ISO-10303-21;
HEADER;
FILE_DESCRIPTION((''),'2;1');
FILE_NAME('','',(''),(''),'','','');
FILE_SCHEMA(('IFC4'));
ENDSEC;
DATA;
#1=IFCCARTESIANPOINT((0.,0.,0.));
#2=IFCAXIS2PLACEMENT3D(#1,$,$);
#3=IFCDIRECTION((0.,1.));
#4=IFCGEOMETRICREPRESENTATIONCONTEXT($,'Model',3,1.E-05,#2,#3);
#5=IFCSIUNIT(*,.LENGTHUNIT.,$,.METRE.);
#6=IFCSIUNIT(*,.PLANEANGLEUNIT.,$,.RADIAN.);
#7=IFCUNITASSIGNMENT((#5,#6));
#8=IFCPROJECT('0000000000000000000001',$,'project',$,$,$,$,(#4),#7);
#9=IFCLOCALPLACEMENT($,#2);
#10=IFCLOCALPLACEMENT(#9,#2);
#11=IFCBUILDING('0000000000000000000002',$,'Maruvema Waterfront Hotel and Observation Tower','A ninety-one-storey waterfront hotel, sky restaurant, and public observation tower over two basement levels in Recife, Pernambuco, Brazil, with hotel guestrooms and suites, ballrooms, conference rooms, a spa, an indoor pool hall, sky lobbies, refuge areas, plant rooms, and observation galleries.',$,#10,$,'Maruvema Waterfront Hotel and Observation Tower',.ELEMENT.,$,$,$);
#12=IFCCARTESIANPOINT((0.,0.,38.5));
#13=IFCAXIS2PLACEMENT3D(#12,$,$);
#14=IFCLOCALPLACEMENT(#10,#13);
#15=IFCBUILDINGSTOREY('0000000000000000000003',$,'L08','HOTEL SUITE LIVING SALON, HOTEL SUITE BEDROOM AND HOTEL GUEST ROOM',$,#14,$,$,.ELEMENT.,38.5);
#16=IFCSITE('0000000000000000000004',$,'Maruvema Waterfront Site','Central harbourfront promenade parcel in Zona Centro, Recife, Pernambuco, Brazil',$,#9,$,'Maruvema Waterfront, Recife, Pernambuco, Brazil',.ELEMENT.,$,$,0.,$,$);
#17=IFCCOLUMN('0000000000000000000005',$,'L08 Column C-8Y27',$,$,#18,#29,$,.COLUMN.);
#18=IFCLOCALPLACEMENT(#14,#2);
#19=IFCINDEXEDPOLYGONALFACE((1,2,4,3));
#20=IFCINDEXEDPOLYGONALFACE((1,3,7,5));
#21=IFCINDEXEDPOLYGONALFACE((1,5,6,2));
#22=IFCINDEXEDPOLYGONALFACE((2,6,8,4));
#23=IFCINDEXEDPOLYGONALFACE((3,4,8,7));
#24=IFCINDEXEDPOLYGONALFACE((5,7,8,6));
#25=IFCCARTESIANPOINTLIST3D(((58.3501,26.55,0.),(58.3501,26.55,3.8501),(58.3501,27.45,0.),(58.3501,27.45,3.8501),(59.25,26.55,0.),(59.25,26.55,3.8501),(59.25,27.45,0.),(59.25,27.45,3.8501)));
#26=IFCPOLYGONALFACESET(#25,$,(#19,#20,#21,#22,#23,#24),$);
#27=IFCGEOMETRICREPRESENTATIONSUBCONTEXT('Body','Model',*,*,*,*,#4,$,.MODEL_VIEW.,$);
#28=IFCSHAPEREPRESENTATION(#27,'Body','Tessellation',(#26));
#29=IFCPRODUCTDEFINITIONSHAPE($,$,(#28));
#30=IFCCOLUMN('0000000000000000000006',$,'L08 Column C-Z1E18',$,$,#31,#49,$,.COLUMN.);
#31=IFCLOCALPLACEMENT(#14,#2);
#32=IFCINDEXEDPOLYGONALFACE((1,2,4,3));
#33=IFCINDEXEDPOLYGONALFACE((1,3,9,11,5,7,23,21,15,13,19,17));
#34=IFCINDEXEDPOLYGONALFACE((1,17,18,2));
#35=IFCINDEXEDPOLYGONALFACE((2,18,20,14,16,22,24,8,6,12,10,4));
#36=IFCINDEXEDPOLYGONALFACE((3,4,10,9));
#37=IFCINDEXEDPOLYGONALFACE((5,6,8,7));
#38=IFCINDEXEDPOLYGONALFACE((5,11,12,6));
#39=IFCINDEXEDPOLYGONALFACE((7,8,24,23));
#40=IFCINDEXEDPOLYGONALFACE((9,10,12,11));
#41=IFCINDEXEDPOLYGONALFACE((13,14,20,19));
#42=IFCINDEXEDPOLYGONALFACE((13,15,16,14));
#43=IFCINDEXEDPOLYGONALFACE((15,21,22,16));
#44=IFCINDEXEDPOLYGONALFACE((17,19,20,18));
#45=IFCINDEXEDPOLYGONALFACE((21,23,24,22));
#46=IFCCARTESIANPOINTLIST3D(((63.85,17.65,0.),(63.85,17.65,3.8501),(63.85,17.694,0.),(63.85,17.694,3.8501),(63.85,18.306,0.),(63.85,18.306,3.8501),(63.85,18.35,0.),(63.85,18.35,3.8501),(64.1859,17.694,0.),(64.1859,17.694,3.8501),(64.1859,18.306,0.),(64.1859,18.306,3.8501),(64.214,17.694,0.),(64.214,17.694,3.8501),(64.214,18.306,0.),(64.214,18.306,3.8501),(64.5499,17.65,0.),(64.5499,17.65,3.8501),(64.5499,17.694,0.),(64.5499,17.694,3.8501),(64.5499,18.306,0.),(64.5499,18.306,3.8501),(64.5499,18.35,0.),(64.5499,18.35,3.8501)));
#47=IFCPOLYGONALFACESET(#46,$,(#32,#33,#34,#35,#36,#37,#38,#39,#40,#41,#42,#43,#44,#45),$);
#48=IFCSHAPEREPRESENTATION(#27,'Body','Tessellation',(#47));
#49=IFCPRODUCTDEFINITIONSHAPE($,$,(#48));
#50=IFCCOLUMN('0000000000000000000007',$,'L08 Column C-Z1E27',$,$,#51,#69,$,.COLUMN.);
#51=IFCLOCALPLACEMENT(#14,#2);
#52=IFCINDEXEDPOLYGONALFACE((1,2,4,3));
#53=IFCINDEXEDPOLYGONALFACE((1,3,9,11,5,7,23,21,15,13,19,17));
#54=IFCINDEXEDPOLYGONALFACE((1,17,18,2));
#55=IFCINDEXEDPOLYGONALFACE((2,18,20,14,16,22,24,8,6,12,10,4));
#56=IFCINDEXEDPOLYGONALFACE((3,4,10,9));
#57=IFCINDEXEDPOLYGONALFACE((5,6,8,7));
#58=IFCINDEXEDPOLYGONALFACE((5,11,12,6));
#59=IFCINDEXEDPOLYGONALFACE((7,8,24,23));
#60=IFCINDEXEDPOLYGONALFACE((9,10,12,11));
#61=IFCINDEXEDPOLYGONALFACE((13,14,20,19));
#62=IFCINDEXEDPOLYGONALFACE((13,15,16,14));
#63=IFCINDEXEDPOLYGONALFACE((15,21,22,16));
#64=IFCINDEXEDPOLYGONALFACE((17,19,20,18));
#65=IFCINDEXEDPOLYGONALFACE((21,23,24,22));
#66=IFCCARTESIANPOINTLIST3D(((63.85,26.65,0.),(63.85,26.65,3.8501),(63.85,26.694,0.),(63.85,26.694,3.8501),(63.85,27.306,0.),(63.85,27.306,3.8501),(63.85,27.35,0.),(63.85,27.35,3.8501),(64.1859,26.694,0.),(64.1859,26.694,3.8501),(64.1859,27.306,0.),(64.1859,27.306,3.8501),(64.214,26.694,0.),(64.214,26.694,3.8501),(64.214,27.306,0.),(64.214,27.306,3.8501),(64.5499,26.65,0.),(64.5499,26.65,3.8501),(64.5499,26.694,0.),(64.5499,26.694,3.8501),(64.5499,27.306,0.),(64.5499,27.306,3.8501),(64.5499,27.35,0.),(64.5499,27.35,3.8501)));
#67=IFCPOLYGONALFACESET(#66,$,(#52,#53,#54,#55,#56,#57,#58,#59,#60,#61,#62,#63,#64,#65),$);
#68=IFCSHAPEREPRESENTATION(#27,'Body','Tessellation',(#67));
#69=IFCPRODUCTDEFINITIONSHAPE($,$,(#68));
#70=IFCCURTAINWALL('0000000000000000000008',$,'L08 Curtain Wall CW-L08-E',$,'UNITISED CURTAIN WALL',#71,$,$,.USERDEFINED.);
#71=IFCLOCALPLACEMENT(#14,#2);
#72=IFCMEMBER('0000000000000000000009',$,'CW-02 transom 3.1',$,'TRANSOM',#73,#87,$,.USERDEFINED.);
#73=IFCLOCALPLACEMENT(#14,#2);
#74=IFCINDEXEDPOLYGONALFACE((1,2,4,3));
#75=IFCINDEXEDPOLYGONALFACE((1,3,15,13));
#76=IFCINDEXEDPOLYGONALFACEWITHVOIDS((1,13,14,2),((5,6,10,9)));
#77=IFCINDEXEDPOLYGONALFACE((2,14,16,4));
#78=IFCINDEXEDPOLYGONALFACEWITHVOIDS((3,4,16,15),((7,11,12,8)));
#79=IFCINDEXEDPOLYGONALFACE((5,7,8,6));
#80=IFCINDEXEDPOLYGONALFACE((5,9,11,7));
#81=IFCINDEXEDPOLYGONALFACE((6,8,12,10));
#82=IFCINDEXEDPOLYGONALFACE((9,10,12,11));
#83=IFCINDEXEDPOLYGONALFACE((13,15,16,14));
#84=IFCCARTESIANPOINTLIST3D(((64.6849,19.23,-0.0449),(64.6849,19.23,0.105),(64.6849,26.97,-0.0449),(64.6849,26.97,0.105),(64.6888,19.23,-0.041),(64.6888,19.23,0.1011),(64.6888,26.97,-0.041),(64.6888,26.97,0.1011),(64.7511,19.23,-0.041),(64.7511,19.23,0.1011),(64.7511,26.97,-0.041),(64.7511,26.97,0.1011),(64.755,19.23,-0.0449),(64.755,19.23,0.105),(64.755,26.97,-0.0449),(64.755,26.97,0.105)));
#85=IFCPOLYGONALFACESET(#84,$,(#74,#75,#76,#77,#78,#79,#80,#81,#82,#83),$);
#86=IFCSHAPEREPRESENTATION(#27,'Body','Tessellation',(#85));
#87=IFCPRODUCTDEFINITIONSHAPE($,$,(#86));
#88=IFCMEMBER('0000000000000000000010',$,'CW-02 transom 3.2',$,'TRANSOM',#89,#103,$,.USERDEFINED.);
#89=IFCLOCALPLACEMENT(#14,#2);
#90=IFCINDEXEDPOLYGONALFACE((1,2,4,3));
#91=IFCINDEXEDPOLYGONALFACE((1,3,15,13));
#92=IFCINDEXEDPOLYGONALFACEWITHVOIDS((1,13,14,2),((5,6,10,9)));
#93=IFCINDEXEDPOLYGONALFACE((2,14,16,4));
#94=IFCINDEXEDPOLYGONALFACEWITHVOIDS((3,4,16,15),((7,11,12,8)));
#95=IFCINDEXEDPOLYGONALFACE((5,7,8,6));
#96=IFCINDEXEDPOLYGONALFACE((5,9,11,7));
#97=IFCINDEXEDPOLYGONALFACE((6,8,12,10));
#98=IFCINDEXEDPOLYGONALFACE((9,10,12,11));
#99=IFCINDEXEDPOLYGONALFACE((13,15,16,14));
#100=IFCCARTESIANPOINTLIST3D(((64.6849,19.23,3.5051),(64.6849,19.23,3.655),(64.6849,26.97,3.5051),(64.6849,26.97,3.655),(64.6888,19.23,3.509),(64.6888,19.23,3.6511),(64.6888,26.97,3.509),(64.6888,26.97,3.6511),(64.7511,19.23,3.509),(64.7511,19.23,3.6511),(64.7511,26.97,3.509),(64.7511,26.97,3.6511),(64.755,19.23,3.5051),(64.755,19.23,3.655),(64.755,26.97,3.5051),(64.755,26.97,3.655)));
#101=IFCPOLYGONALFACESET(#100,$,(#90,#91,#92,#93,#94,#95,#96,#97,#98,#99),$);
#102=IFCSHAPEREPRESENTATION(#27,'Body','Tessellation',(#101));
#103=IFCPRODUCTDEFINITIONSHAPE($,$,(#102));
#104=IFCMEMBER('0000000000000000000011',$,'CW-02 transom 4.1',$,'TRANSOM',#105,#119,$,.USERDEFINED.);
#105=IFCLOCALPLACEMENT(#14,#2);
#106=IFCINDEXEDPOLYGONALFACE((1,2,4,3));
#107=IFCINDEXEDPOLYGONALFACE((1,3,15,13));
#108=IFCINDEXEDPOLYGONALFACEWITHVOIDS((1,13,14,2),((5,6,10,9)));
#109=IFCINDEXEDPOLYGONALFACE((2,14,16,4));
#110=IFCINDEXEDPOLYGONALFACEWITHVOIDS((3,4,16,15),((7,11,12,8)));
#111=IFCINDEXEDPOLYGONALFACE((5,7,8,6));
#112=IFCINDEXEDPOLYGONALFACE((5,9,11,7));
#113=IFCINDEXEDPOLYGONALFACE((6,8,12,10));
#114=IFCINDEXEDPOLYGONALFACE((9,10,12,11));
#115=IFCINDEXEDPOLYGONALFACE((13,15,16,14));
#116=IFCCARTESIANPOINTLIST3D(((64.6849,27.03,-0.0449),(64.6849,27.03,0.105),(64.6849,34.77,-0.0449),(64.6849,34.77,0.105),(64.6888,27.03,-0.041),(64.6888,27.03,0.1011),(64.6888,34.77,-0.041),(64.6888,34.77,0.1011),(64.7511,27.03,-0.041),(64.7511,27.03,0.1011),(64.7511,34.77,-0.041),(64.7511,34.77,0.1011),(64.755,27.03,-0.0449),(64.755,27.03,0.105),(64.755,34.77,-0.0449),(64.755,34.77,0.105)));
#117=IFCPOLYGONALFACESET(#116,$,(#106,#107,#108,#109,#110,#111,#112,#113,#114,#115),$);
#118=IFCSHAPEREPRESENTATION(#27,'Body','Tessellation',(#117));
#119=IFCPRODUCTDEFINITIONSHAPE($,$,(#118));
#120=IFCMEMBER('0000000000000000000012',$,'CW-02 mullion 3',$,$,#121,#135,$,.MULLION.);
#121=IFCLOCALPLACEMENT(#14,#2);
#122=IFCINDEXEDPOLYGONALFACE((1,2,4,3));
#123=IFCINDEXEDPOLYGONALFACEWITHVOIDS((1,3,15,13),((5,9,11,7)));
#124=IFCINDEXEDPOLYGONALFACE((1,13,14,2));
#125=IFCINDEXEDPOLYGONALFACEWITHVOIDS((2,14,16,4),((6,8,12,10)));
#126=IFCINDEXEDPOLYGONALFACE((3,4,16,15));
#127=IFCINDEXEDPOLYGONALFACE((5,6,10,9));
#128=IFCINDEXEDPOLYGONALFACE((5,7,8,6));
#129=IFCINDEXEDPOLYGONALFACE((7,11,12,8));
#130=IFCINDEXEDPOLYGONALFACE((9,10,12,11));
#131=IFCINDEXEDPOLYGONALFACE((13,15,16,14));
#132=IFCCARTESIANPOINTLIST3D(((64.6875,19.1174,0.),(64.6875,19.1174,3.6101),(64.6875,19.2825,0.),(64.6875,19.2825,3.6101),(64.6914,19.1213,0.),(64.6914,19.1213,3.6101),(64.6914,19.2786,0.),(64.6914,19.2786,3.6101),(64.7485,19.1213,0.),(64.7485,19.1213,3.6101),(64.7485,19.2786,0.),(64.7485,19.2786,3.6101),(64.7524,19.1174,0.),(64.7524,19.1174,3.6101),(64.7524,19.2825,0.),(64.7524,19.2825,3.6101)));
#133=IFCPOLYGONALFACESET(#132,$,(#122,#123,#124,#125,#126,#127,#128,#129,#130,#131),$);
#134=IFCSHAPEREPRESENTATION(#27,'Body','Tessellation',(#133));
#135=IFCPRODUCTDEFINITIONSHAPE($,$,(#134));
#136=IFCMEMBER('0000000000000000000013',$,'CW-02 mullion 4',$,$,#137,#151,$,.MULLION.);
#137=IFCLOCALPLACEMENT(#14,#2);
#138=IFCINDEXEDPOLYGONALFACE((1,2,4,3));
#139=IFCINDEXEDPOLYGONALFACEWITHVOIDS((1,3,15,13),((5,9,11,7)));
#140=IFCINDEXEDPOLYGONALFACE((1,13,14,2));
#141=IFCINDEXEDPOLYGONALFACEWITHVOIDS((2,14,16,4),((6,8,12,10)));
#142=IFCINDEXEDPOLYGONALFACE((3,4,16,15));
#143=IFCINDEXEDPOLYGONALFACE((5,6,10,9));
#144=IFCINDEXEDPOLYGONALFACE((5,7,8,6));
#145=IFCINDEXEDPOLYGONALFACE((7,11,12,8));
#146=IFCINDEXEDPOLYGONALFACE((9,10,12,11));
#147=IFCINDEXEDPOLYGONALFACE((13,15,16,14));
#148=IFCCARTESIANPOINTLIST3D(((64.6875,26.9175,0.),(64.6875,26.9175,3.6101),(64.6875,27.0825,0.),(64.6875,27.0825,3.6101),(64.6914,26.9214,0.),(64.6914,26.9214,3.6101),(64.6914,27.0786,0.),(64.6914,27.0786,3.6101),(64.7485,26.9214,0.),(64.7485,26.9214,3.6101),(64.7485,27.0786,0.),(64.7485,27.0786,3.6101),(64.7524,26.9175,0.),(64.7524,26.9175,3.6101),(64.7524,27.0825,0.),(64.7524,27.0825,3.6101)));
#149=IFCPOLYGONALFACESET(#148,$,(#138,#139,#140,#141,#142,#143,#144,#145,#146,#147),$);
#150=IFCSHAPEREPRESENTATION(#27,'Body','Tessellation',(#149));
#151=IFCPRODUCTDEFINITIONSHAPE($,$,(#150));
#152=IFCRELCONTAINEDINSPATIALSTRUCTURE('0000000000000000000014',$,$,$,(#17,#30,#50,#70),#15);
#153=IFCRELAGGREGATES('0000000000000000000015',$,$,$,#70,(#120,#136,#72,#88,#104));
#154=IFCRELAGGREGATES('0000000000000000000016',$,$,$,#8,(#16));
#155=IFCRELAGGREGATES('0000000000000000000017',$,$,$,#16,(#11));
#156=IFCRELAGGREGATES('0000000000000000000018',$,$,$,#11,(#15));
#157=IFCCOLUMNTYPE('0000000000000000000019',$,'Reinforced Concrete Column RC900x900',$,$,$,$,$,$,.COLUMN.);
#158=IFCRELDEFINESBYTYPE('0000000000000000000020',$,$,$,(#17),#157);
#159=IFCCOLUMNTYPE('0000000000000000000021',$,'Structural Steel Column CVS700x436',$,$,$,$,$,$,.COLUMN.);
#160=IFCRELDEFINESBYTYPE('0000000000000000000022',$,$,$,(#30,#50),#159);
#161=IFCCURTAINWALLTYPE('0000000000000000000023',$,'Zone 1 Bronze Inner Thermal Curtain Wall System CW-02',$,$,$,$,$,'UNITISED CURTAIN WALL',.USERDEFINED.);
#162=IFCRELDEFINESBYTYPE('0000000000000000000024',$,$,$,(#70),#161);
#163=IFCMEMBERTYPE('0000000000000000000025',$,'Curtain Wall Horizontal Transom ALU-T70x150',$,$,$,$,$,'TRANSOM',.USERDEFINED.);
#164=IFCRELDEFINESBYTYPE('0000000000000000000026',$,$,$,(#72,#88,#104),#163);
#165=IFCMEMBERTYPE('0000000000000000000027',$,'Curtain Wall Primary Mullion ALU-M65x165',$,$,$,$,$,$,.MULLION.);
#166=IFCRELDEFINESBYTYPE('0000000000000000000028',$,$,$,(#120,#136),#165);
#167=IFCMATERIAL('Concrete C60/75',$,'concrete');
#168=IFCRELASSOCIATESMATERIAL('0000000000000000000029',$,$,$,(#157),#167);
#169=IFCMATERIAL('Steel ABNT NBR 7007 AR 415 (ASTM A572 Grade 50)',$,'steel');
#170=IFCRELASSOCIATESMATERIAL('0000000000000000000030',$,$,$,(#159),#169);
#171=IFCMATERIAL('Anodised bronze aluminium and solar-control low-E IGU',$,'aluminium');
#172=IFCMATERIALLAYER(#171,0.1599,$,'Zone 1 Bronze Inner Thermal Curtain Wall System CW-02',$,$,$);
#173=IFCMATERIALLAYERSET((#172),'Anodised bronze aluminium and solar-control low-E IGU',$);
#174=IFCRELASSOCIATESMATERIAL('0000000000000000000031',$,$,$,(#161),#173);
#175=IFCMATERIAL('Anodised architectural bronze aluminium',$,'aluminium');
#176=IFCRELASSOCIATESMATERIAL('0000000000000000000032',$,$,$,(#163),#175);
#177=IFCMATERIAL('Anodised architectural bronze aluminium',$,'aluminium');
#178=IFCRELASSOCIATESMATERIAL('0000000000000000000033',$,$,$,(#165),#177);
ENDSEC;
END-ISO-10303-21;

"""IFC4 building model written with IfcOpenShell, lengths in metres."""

from ifc_helpers import new_model, si_unit, direction, frame, origin, origin_2d, place, context, subcontext, project, spatial, rectangle, hollow_rectangle, i_section, extrude, material, layer, layer_set, material_profile, profile_set, type_object, element, aggregate, save


model = new_model("IFC4")

# Units and contexts
model_context = context("Model", 3, precision=1e-05, world=origin(), true_north=direction((0.0, 1.0)))
body_context = subcontext(model_context, "Body", "Model", "MODEL_VIEW")
ifc_project = project(units=[si_unit("LENGTHUNIT", "METRE"), si_unit("PLANEANGLEUNIT", "RADIAN")], contexts=[model_context])

# Site, building, storey
site_placement = place(None, origin())
site = spatial("IfcSite", under=ifc_project, at=site_placement, Name="Maruvema Waterfront Site", Description="Central harbourfront promenade parcel in Zona Centro, Recife, Pernambuco, Brazil", LongName="Maruvema Waterfront, Recife, Pernambuco, Brazil", CompositionType="ELEMENT", RefElevation=0.0)
building_placement = place(site_placement, origin())
building = spatial("IfcBuilding", under=site, at=building_placement, Name="Maruvema Waterfront Hotel and Observation Tower", Description="A ninety-one-storey waterfront hotel, sky restaurant, and public observation tower over two basement levels in Recife, Pernambuco, Brazil, with hotel guestrooms and suites, ballrooms, conference rooms, a spa, an indoor pool hall, sky lobbies, refuge areas, plant rooms, and observation galleries.", LongName="Maruvema Waterfront Hotel and Observation Tower", CompositionType="ELEMENT")
storey_placement = place(building_placement, frame((0.0, 0.0, 38.5)))
storey = spatial("IfcBuildingStorey", under=building, at=storey_placement, Name="L08", Description="HOTEL SUITE LIVING SALON, HOTEL SUITE BEDROOM AND HOTEL GUEST ROOM", CompositionType="ELEMENT", Elevation=38.5)

# Columns
ifc_material_1 = material(Name="Concrete C60/75", Category="concrete")
ifc_material_profile_1 = material_profile(ifc_material_1, rectangle(XDim=0.8999, YDim=0.8999, at=origin_2d()), Name="RC900x900")
ifc_profile_set_1 = profile_set([ifc_material_profile_1], Name="Concrete C60/75")
column_type_1 = type_object("IfcColumnType", Name="Reinforced Concrete Column RC900x900", PredefinedType="COLUMN", material=ifc_profile_set_1)
column_placement = place(storey_placement, frame((58.8, 27.0, 0.0), z_axis=(0.0, 0.0, 1.0), x_axis=(1.0, 0.0, 0.0)))
element("IfcColumn", 1, at=column_placement, inside=storey, type_object=column_type_1, Name="L08 Column C-8Y27", PredefinedType="COLUMN", context=body_context, shape_type="SweptSolid", body=[
    extrude(rectangle(XDim=0.8999, YDim=0.8999, at=origin_2d()), origin(), (0.0, 0.0, 1.0), 3.8501),
])
ifc_material_2 = material(Name="Steel ABNT NBR 7007 AR 415 (ASTM A572 Grade 50)", Category="steel")
ifc_material_profile_2 = material_profile(ifc_material_2, i_section(OverallWidth=0.7, OverallDepth=0.7, WebThickness=0.0281, FlangeThickness=0.0439, at=origin_2d()), Name="CVS700x436")
ifc_profile_set_2 = profile_set([ifc_material_profile_2], Name="Steel ABNT NBR 7007 AR 415 (ASTM A572 Grade 50)")
column_type_2 = type_object("IfcColumnType", Name="Structural Steel Column CVS700x436", PredefinedType="COLUMN", material=ifc_profile_set_2)
for number, where, z_axis, x_axis, name in (
    (2, (64.2, 18.0, 0.0), (0.0, 0.0, 1.0), (1.0, 0.0, 0.0), "L08 Column C-Z1E18"),
    (3, (64.2, 27.0, 0.0), (0.0, 0.0, 1.0), (1.0, 0.0, 0.0), "L08 Column C-Z1E27"),
):
    element("IfcColumn", number, at=place(storey_placement, frame(where, z_axis=z_axis, x_axis=x_axis)), inside=storey, type_object=column_type_2, Name=name, PredefinedType="COLUMN", context=body_context, shape_type="SweptSolid", body=[
        extrude(i_section(OverallWidth=0.7, OverallDepth=0.7, WebThickness=0.0281, FlangeThickness=0.0439, at=origin_2d()), origin(), (0.0, 0.0, 1.0), 3.8501),
    ])

# Curtain wall, members
ifc_material_3 = material(Name="Anodised bronze aluminium and solar-control low-E IGU", Category="aluminium")
ifc_layer_1 = layer(ifc_material_3, 0.1599, Name="Zone 1 Bronze Inner Thermal Curtain Wall System CW-02")
ifc_layer_set_1 = layer_set([ifc_layer_1], Name="Anodised bronze aluminium and solar-control low-E IGU")
curtain_wall_type = type_object("IfcCurtainWallType", Name="Zone 1 Bronze Inner Thermal Curtain Wall System CW-02", ElementType="UNITISED CURTAIN WALL", PredefinedType="USERDEFINED", material=ifc_layer_set_1)
curtain_wall_placement = place(storey_placement, origin())
curtain_wall = element("IfcCurtainWall", 4, at=curtain_wall_placement, inside=storey, type_object=curtain_wall_type, Name="L08 Curtain Wall CW-L08-E", ObjectType="UNITISED CURTAIN WALL", PredefinedType="USERDEFINED")
ifc_material_4 = material(Name="Anodised architectural bronze aluminium", Category="aluminium")
ifc_material_profile_3 = material_profile(ifc_material_4, hollow_rectangle(XDim=0.0701, YDim=0.1499, WallThickness=0.0039, at=origin_2d()), Name="ALU-T70x150")
ifc_profile_set_3 = profile_set([ifc_material_profile_3], Name="Anodised architectural bronze aluminium")
member_type_1 = type_object("IfcMemberType", Name="Curtain Wall Horizontal Transom ALU-T70x150", ElementType="TRANSOM", PredefinedType="USERDEFINED", material=ifc_profile_set_3)
member_1_placement = place(storey_placement, frame((64.72, 19.23, 0.03), z_axis=(0.0, 1.0, 0.0), x_axis=(-1.0, 0.0, 0.0)))
member_1 = element("IfcMember", 5, at=member_1_placement, type_object=member_type_1, Name="CW-02 transom 3.1", ObjectType="TRANSOM", PredefinedType="USERDEFINED", context=body_context, shape_type="SweptSolid", body=[
    extrude(hollow_rectangle(XDim=0.0701, YDim=0.1499, WallThickness=0.0039, at=origin_2d()), origin(), (0.0, 0.0, 1.0), 7.74),
])
member_2_placement = place(storey_placement, frame((64.72, 19.23, 3.5801), z_axis=(0.0, 1.0, 0.0), x_axis=(-1.0, 0.0, 0.0)))
member_2 = element("IfcMember", 6, at=member_2_placement, type_object=member_type_1, Name="CW-02 transom 3.2", ObjectType="TRANSOM", PredefinedType="USERDEFINED", context=body_context, shape_type="SweptSolid", body=[
    extrude(hollow_rectangle(XDim=0.0701, YDim=0.1499, WallThickness=0.0039, at=origin_2d()), origin(), (0.0, 0.0, 1.0), 7.74),
])
member_3_placement = place(storey_placement, frame((64.72, 27.03, 0.03), z_axis=(0.0, 1.0, 0.0), x_axis=(-1.0, 0.0, 0.0)))
member_3 = element("IfcMember", 7, at=member_3_placement, type_object=member_type_1, Name="CW-02 transom 4.1", ObjectType="TRANSOM", PredefinedType="USERDEFINED", context=body_context, shape_type="SweptSolid", body=[
    extrude(hollow_rectangle(XDim=0.0701, YDim=0.1499, WallThickness=0.0039, at=origin_2d()), origin(), (0.0, 0.0, 1.0), 7.74),
])
ifc_material_5 = material(Name="Anodised architectural bronze aluminium", Category="aluminium")
ifc_material_profile_4 = material_profile(ifc_material_5, hollow_rectangle(XDim=0.0649, YDim=0.165, WallThickness=0.0039, at=origin_2d()), Name="ALU-M65x165")
ifc_profile_set_4 = profile_set([ifc_material_profile_4], Name="Anodised architectural bronze aluminium")
member_type_2 = type_object("IfcMemberType", Name="Curtain Wall Primary Mullion ALU-M65x165", PredefinedType="MULLION", material=ifc_profile_set_4)
member_4_placement = place(storey_placement, frame((64.72, 19.2, 0.0), z_axis=(0.0, 0.0, 1.0), x_axis=(-1.0, 0.0, 0.0)))
member_4 = element("IfcMember", 8, at=member_4_placement, type_object=member_type_2, Name="CW-02 mullion 3", PredefinedType="MULLION", context=body_context, shape_type="SweptSolid", body=[
    extrude(hollow_rectangle(XDim=0.0649, YDim=0.165, WallThickness=0.0039, at=origin_2d()), origin(), (0.0, 0.0, 1.0), 3.6101),
])
member_5_placement = place(storey_placement, frame((64.72, 27.0, 0.0), z_axis=(0.0, 0.0, 1.0), x_axis=(-1.0, 0.0, 0.0)))
member_5 = element("IfcMember", 9, at=member_5_placement, type_object=member_type_2, Name="CW-02 mullion 4", PredefinedType="MULLION", context=body_context, shape_type="SweptSolid", body=[
    extrude(hollow_rectangle(XDim=0.0649, YDim=0.165, WallThickness=0.0039, at=origin_2d()), origin(), (0.0, 0.0, 1.0), 3.6101),
])

aggregate(curtain_wall, [member_4, member_5, member_1, member_2, member_3])

save(model, "model.ifc")
